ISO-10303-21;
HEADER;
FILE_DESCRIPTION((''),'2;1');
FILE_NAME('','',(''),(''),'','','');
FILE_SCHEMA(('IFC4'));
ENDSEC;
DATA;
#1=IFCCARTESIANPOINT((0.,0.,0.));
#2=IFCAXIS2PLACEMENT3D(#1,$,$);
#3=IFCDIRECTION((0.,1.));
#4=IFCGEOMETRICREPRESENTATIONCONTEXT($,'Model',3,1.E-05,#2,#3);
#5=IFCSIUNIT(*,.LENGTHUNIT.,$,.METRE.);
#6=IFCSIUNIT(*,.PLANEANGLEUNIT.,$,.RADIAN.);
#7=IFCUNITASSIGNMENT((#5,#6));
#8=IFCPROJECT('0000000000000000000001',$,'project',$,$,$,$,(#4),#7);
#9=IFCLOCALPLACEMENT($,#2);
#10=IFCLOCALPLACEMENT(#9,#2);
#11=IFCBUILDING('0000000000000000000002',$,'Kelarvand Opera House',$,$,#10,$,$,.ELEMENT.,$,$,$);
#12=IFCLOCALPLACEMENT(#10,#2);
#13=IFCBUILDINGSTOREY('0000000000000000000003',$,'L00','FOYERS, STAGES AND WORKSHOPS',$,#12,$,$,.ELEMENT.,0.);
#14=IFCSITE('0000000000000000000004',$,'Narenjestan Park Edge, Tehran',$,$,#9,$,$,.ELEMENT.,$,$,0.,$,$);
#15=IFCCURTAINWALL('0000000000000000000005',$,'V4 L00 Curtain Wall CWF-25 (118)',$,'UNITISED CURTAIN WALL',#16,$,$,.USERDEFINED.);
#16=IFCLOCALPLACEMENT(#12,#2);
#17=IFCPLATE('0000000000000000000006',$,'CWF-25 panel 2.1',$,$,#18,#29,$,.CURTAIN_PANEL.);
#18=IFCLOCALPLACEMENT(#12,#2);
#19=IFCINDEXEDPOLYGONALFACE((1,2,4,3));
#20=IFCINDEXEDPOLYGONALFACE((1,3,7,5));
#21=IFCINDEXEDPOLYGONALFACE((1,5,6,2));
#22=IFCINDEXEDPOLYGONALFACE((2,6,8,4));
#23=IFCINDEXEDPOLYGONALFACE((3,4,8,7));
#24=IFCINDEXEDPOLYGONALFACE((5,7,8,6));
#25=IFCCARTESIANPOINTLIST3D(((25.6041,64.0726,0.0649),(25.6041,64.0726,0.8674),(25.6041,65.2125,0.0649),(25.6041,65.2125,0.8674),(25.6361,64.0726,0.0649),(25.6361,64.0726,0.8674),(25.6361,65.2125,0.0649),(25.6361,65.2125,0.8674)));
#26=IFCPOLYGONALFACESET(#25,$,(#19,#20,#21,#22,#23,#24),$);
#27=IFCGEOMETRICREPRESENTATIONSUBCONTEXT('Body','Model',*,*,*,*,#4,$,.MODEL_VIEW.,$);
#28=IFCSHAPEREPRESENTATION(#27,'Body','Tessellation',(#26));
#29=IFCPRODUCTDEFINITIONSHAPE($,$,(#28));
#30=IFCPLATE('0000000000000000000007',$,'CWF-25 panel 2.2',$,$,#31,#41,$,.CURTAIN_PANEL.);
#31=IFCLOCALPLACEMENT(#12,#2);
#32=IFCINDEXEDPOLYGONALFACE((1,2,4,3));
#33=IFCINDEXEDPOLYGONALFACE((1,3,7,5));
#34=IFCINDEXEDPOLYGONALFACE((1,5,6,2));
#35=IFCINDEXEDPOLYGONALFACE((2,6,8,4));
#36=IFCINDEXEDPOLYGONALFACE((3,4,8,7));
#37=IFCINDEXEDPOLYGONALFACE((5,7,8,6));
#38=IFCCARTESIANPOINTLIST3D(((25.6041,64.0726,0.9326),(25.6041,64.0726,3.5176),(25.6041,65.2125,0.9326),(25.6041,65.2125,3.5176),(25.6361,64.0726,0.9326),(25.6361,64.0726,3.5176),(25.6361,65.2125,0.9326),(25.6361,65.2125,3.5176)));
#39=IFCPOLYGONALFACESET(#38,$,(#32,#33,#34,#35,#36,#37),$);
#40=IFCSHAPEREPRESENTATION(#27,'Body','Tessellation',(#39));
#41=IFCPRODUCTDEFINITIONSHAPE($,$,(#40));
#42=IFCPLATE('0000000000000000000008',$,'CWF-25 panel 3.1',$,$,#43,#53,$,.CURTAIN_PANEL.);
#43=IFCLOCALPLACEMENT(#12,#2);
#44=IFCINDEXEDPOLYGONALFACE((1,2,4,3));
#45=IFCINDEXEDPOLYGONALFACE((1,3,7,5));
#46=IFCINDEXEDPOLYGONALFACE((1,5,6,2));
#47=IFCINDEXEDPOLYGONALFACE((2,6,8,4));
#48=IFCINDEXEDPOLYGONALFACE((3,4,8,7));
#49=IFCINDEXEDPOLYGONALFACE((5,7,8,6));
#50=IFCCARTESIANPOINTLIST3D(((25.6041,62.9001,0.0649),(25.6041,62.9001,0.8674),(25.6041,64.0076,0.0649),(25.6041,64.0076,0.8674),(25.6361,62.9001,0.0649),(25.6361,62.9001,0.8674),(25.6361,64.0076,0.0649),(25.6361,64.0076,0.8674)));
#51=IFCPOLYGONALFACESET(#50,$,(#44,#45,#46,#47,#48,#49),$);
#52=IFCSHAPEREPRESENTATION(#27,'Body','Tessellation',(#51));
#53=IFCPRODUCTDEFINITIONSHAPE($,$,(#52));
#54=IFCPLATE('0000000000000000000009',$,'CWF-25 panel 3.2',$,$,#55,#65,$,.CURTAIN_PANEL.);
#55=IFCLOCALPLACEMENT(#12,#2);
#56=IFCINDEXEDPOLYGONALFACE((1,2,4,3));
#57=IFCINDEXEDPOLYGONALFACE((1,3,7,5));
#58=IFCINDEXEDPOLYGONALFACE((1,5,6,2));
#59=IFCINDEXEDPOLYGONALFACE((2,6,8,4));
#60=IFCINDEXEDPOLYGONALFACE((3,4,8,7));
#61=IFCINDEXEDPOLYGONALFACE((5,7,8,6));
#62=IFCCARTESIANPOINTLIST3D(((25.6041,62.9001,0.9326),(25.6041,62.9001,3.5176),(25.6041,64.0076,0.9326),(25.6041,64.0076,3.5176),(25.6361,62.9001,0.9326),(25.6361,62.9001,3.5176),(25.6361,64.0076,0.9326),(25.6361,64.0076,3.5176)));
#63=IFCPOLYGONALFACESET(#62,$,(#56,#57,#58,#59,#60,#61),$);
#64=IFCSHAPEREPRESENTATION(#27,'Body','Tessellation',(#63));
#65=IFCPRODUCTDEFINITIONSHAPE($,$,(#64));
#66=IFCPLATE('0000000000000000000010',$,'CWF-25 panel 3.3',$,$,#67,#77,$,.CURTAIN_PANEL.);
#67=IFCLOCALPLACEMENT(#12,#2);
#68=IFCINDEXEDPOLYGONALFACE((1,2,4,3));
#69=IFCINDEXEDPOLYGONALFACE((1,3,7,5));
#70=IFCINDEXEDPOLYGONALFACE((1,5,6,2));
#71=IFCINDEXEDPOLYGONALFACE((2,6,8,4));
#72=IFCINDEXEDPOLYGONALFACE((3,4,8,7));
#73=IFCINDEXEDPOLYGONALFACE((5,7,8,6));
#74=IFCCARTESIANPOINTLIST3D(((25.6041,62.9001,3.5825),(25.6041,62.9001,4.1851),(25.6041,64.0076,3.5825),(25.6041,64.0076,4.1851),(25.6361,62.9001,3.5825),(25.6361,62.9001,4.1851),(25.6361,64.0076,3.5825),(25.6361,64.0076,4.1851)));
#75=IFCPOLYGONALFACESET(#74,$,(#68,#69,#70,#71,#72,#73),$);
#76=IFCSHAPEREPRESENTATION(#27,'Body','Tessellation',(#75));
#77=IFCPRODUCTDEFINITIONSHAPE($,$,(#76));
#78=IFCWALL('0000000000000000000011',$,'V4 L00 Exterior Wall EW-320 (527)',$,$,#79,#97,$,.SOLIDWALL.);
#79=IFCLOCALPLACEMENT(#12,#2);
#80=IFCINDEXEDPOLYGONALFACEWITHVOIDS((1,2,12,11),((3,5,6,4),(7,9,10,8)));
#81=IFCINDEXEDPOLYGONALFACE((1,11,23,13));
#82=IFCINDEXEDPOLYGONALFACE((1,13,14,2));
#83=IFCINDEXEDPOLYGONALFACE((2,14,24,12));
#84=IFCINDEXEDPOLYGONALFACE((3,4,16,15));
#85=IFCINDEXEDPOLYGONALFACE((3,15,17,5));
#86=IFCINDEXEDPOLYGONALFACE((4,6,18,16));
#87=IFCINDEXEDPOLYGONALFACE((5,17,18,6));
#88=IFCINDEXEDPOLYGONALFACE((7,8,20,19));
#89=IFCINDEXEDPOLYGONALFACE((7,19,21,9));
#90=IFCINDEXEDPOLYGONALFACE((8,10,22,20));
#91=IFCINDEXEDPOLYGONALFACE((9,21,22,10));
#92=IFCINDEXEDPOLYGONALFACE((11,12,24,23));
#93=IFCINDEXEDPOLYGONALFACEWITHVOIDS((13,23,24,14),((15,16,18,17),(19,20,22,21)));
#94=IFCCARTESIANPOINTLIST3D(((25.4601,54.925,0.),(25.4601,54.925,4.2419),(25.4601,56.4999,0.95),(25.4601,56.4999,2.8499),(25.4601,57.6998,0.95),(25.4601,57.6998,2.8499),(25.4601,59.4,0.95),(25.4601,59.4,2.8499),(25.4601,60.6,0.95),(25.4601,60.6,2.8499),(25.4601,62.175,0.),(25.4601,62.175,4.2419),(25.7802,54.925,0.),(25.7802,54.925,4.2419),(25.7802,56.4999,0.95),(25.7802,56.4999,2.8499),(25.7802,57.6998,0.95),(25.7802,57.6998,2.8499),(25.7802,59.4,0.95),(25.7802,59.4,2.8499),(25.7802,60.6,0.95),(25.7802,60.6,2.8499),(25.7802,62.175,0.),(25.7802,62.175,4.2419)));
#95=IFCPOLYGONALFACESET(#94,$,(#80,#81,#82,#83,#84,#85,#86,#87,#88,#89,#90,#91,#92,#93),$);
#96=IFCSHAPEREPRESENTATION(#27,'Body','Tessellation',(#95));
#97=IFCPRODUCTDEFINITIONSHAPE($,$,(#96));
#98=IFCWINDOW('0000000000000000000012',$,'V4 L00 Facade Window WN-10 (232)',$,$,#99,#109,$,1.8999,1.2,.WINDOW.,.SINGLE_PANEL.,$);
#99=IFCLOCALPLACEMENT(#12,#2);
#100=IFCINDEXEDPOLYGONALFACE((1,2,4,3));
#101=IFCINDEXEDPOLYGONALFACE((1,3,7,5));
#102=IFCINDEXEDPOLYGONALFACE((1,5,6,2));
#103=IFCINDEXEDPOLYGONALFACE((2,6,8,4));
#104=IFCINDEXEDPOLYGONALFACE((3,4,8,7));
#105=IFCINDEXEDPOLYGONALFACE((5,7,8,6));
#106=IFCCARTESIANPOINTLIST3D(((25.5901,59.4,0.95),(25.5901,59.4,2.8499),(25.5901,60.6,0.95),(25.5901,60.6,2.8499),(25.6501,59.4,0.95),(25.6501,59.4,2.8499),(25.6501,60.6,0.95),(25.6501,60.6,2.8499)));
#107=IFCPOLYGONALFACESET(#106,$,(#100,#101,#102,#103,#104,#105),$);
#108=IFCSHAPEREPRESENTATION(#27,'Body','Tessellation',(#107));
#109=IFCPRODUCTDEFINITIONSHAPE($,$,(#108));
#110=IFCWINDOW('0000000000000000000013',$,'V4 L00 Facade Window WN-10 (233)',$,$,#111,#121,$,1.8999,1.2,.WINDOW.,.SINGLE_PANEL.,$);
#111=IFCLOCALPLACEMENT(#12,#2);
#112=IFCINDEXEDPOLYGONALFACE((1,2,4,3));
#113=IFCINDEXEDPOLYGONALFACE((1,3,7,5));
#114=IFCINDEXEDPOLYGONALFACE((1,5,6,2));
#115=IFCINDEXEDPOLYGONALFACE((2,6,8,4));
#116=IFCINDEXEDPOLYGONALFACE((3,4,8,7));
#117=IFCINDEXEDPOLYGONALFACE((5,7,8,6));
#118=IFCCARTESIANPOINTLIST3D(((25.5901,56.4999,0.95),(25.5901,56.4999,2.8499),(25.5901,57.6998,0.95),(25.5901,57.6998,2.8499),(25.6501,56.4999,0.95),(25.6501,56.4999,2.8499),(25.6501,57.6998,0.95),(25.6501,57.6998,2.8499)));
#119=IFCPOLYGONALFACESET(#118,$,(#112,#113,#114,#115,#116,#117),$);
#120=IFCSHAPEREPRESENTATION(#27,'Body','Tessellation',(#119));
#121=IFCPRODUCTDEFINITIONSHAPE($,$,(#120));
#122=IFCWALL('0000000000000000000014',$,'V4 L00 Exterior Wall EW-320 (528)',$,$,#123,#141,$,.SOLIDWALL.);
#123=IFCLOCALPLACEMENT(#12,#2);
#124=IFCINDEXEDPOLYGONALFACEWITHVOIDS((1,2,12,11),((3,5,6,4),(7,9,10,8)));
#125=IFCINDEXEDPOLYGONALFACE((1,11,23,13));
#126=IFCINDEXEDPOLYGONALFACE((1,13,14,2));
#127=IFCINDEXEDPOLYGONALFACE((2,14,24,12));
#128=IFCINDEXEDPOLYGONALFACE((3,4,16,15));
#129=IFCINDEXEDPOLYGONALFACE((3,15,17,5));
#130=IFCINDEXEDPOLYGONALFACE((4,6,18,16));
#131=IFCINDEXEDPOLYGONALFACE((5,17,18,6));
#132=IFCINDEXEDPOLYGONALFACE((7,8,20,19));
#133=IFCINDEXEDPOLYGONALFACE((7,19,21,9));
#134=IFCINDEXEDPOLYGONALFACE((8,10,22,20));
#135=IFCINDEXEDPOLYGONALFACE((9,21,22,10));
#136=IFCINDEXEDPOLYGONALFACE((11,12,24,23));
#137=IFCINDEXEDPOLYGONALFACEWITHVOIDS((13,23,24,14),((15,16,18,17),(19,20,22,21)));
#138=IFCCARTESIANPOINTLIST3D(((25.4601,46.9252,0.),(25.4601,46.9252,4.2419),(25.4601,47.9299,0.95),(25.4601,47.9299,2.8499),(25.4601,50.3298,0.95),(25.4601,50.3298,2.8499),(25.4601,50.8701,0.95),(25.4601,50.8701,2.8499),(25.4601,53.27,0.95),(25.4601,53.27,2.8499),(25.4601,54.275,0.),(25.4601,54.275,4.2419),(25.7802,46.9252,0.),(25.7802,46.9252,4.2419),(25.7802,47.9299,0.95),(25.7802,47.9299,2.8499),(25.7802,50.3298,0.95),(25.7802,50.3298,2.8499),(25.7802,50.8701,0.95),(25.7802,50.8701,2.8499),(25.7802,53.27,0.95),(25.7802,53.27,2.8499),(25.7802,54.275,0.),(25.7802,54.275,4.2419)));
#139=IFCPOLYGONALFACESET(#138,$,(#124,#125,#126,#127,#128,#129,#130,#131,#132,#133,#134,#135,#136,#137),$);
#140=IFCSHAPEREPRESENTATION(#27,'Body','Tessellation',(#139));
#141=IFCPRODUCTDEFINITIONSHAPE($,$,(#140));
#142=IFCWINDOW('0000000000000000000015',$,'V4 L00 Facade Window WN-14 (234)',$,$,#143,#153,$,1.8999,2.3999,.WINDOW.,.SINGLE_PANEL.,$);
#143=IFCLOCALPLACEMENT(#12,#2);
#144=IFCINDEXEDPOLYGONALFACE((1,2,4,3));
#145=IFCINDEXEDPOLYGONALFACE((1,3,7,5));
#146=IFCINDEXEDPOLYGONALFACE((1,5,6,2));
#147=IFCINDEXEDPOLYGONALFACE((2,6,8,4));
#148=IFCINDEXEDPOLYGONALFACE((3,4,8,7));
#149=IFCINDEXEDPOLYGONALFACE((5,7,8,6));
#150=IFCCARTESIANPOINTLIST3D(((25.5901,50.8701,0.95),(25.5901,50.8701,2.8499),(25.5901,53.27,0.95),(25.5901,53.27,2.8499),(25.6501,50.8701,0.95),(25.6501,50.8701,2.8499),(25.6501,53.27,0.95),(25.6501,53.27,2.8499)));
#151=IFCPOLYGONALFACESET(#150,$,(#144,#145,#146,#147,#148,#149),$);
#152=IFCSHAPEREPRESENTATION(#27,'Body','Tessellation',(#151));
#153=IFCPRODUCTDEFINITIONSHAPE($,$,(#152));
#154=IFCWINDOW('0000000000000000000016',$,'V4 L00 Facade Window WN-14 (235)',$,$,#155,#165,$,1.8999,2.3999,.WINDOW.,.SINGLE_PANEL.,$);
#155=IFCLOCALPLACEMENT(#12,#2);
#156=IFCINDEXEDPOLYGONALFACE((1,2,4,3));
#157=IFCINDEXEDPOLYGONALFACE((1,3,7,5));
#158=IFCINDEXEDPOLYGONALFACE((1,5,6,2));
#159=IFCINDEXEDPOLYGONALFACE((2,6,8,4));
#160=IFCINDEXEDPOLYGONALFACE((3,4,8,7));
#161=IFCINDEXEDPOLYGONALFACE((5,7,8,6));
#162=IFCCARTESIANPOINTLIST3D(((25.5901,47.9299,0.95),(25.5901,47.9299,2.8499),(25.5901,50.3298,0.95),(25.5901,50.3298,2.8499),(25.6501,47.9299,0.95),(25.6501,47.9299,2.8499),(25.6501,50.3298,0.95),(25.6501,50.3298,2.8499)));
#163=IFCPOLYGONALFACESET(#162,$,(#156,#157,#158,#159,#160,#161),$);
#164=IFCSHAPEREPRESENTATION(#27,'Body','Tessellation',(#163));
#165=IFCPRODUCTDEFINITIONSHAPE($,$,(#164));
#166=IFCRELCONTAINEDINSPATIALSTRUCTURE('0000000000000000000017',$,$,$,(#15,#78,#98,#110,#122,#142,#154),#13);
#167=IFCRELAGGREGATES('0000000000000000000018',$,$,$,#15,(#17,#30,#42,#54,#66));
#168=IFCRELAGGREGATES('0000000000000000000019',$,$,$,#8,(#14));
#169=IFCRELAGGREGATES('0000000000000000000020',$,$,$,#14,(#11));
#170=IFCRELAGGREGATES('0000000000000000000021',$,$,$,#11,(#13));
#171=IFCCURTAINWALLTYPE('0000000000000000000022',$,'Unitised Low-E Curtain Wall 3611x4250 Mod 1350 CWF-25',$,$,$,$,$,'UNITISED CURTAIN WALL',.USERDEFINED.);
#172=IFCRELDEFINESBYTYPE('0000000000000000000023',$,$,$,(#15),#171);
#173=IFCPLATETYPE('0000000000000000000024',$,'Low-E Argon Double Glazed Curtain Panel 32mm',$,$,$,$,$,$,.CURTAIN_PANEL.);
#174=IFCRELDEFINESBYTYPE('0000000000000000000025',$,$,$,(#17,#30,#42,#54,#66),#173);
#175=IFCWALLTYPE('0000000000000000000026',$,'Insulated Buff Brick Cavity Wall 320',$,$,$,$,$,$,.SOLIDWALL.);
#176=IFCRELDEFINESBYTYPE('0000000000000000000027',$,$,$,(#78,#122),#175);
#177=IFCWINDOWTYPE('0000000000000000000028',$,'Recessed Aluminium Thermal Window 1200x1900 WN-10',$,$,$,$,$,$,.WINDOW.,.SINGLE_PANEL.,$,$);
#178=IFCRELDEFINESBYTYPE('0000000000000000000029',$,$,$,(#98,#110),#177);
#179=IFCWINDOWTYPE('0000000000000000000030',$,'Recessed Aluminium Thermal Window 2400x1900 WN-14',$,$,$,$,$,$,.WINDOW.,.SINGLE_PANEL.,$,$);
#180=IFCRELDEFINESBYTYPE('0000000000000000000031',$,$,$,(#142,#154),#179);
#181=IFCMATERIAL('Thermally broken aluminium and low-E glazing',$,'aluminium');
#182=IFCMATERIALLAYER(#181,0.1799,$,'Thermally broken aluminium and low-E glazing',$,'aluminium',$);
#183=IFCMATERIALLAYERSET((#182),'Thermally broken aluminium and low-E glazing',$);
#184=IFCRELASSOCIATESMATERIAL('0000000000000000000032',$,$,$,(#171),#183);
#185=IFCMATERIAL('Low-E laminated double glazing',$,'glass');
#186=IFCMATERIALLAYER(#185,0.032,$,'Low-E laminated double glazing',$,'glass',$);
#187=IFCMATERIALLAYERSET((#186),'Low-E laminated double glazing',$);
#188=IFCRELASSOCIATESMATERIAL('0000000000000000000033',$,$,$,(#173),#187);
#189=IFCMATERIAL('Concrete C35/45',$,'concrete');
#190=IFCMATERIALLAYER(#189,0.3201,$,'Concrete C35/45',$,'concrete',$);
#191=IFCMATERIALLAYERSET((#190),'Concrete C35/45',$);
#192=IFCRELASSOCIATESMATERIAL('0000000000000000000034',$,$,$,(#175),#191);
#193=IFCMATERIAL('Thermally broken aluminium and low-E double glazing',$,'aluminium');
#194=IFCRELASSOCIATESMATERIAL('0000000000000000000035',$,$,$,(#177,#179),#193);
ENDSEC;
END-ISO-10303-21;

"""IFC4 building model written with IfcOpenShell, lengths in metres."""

from ifc_helpers import new_model, si_unit, direction, frame, frame_2d, origin, origin_2d, place, context, subcontext, project, spatial, rectangle, extrude, material, layer, layer_set, type_object, element, fill, aggregate, save


model = new_model("IFC4")

# Units and contexts
model_context = context("Model", 3, precision=1e-05, world=origin(), true_north=direction((0.0, 1.0)))
body_context = subcontext(model_context, "Body", "Model", "MODEL_VIEW")
ifc_project = project(units=[si_unit("LENGTHUNIT", "METRE"), si_unit("PLANEANGLEUNIT", "RADIAN")], contexts=[model_context])

# Site, building, storey
site_placement = place(None, origin())
site = spatial("IfcSite", under=ifc_project, at=site_placement, Name="Narenjestan Park Edge, Tehran", CompositionType="ELEMENT", RefElevation=0.0)
building_placement = place(site_placement, origin())
building = spatial("IfcBuilding", under=site, at=building_placement, Name="Kelarvand Opera House", CompositionType="ELEMENT")
storey_placement = place(building_placement, origin())
storey = spatial("IfcBuildingStorey", under=building, at=storey_placement, Name="L00", Description="FOYERS, STAGES AND WORKSHOPS", CompositionType="ELEMENT", Elevation=0.0)

# Curtain wall
ifc_material_1 = material(Name="Thermally broken aluminium and low-E glazing", Category="aluminium")
ifc_layer_1 = layer(ifc_material_1, 0.1799, Name="Thermally broken aluminium and low-E glazing", Category="aluminium")
ifc_layer_set_1 = layer_set([ifc_layer_1], Name="Thermally broken aluminium and low-E glazing")
curtain_wall_type = type_object("IfcCurtainWallType", Name="Unitised Low-E Curtain Wall 3611x4250 Mod 1350 CWF-25", ElementType="UNITISED CURTAIN WALL", PredefinedType="USERDEFINED", material=ifc_layer_set_1)
curtain_wall_placement = place(storey_placement, origin())
curtain_wall = element("IfcCurtainWall", 1, at=curtain_wall_placement, inside=storey, type_object=curtain_wall_type, Name="V4 L00 Curtain Wall CWF-25 (118)", ObjectType="UNITISED CURTAIN WALL", PredefinedType="USERDEFINED")

# Plates
ifc_material_2 = material(Name="Low-E laminated double glazing", Category="glass")
ifc_layer_2 = layer(ifc_material_2, 0.032, Name="Low-E laminated double glazing", Category="glass")
ifc_layer_set_2 = layer_set([ifc_layer_2], Name="Low-E laminated double glazing")
plate_type = type_object("IfcPlateType", Name="Low-E Argon Double Glazed Curtain Panel 32mm", PredefinedType="CURTAIN_PANEL", material=ifc_layer_set_2)
plate_1_placement = place(storey_placement, frame((25.6201, 64.6426, 0.0649), z_axis=(0.0, 0.0, 1.0), x_axis=(0.0, -1.0, 0.0)))
plate_1 = element("IfcPlate", 2, at=plate_1_placement, type_object=plate_type, Name="CWF-25 panel 2.1", PredefinedType="CURTAIN_PANEL", context=body_context, shape_type="SweptSolid", body=[
    extrude(rectangle(XDim=1.1399, YDim=0.032, at=origin_2d()), origin(), (0.0, 0.0, 1.0), 0.8025),
])
plate_2_placement = place(storey_placement, frame((25.6201, 64.6426, 0.9326), z_axis=(0.0, 0.0, 1.0), x_axis=(0.0, -1.0, 0.0)))
plate_2 = element("IfcPlate", 3, at=plate_2_placement, type_object=plate_type, Name="CWF-25 panel 2.2", PredefinedType="CURTAIN_PANEL", context=body_context, shape_type="SweptSolid", body=[
    extrude(rectangle(XDim=1.1399, YDim=0.032, at=origin_2d()), origin(), (0.0, 0.0, 1.0), 2.585),
])
plate_3_placement = place(storey_placement, frame((25.6201, 63.4539, 0.0649), z_axis=(0.0, 0.0, 1.0), x_axis=(0.0, -1.0, 0.0)))
plate_3 = element("IfcPlate", 4, at=plate_3_placement, type_object=plate_type, Name="CWF-25 panel 3.1", PredefinedType="CURTAIN_PANEL", context=body_context, shape_type="SweptSolid", body=[
    extrude(rectangle(XDim=1.1074, YDim=0.032, at=origin_2d()), origin(), (0.0, 0.0, 1.0), 0.8025),
])
plate_4_placement = place(storey_placement, frame((25.6201, 63.4539, 0.9326), z_axis=(0.0, 0.0, 1.0), x_axis=(0.0, -1.0, 0.0)))
plate_4 = element("IfcPlate", 5, at=plate_4_placement, type_object=plate_type, Name="CWF-25 panel 3.2", PredefinedType="CURTAIN_PANEL", context=body_context, shape_type="SweptSolid", body=[
    extrude(rectangle(XDim=1.1074, YDim=0.032, at=origin_2d()), origin(), (0.0, 0.0, 1.0), 2.585),
])
plate_5_placement = place(storey_placement, frame((25.6201, 63.4539, 3.5825), z_axis=(0.0, 0.0, 1.0), x_axis=(0.0, -1.0, 0.0)))
plate_5 = element("IfcPlate", 6, at=plate_5_placement, type_object=plate_type, Name="CWF-25 panel 3.3", PredefinedType="CURTAIN_PANEL", context=body_context, shape_type="SweptSolid", body=[
    extrude(rectangle(XDim=1.1074, YDim=0.032, at=origin_2d()), origin(), (0.0, 0.0, 1.0), 0.6025),
])
aggregate(curtain_wall, [plate_1, plate_2, plate_3, plate_4, plate_5])

# Walls, openings, windows
ifc_material_3 = material(Name="Concrete C35/45", Category="concrete")
ifc_layer_3 = layer(ifc_material_3, 0.3201, Name="Concrete C35/45", Category="concrete")
ifc_layer_set_3 = layer_set([ifc_layer_3], Name="Concrete C35/45")
wall_type = type_object("IfcWallType", Name="Insulated Buff Brick Cavity Wall 320", PredefinedType="SOLIDWALL", material=ifc_layer_set_3)
wall_1_placement = place(storey_placement, frame((25.6201, 62.175, 0.0), z_axis=(0.0, 0.0, 1.0), x_axis=(0.0, -1.0, 0.0)))
wall_1 = element("IfcWall", 7, at=wall_1_placement, inside=storey, type_object=wall_type, Name="V4 L00 Exterior Wall EW-320 (527)", PredefinedType="SOLIDWALL", context=body_context, shape_type="SweptSolid", body=[
    extrude(rectangle(XDim=7.25, YDim=0.3201, at=frame_2d((3.625, 0.0))), origin(), (0.0, 0.0, 1.0), 4.2419),
])
opening_1_placement = place(wall_1_placement, frame((1.575, 0.0, 0.95)))
opening_1 = element("IfcOpeningElement", 8, at=opening_1_placement, cuts=wall_1, PredefinedType="OPENING", context=body_context, shape_type="SweptSolid", body=[
    extrude(rectangle(XDim=1.2, YDim=1.8999, at=frame_2d((0.6001, 0.95))), frame((0.0, 0.1699, 0.0), z_axis=(0.0, -1.0, 0.0), x_axis=(1.0, 0.0, 0.0)), (0.0, 0.0, 1.0), 0.3401),
])
opening_2_placement = place(wall_1_placement, frame((4.4751, 0.0, 0.95)))
opening_2 = element("IfcOpeningElement", 9, at=opening_2_placement, cuts=wall_1, PredefinedType="OPENING", context=body_context, shape_type="SweptSolid", body=[
    extrude(rectangle(XDim=1.2, YDim=1.8999, at=frame_2d((0.6001, 0.95))), frame((0.0, 0.1699, 0.0), z_axis=(0.0, -1.0, 0.0), x_axis=(1.0, 0.0, 0.0)), (0.0, 0.0, 1.0), 0.3401),
])
ifc_material_4 = material(Name="Thermally broken aluminium and low-E double glazing", Category="aluminium")
window_type_1 = type_object("IfcWindowType", Name="Recessed Aluminium Thermal Window 1200x1900 WN-10", PartitioningType="SINGLE_PANEL", PredefinedType="WINDOW", material=ifc_material_4)
window_1_placement = place(opening_1_placement, origin())
window_1 = element("IfcWindow", 10, at=window_1_placement, inside=storey, type_object=window_type_1, Name="V4 L00 Facade Window WN-10 (232)", OverallHeight=1.8999, OverallWidth=1.2, PartitioningType="SINGLE_PANEL", PredefinedType="WINDOW", context=body_context, shape_type="SweptSolid", body=[
    extrude(rectangle(XDim=1.2, YDim=1.8999, at=frame_2d((0.6001, 0.95))), frame((0.0, 0.03, 0.0), z_axis=(0.0, -1.0, 0.0), x_axis=(1.0, 0.0, 0.0)), (0.0, 0.0, 1.0), 0.0601),
])
fill(opening_1, window_1)
window_2_placement = place(opening_2_placement, origin())
window_2 = element("IfcWindow", 11, at=window_2_placement, inside=storey, type_object=window_type_1, Name="V4 L00 Facade Window WN-10 (233)", OverallHeight=1.8999, OverallWidth=1.2, PartitioningType="SINGLE_PANEL", PredefinedType="WINDOW", context=body_context, shape_type="SweptSolid", body=[
    extrude(rectangle(XDim=1.2, YDim=1.8999, at=frame_2d((0.6001, 0.95))), frame((0.0, 0.03, 0.0), z_axis=(0.0, -1.0, 0.0), x_axis=(1.0, 0.0, 0.0)), (0.0, 0.0, 1.0), 0.0601),
])
fill(opening_2, window_2)
wall_2_placement = place(storey_placement, frame((25.6201, 54.2749, 0.0), z_axis=(0.0, 0.0, 1.0), x_axis=(0.0, -1.0, 0.0)))
wall_2 = element("IfcWall", 12, at=wall_2_placement, inside=storey, type_object=wall_type, Name="V4 L00 Exterior Wall EW-320 (528)", PredefinedType="SOLIDWALL", context=body_context, shape_type="SweptSolid", body=[
    extrude(rectangle(XDim=7.3499, YDim=0.3201, at=frame_2d((3.6748, 0.0))), origin(), (0.0, 0.0, 1.0), 4.2419),
])
opening_3_placement = place(wall_2_placement, frame((1.0049, 0.0, 0.95)))
opening_3 = element("IfcOpeningElement", 13, at=opening_3_placement, cuts=wall_2, PredefinedType="OPENING", context=body_context, shape_type="SweptSolid", body=[
    extrude(rectangle(XDim=2.3999, YDim=1.8999, at=frame_2d((1.2, 0.95))), frame((0.0, 0.1699, 0.0), z_axis=(0.0, -1.0, 0.0), x_axis=(1.0, 0.0, 0.0)), (0.0, 0.0, 1.0), 0.3401),
])
opening_4_placement = place(wall_2_placement, frame((3.9451, 0.0, 0.95)))
opening_4 = element("IfcOpeningElement", 14, at=opening_4_placement, cuts=wall_2, PredefinedType="OPENING", context=body_context, shape_type="SweptSolid", body=[
    extrude(rectangle(XDim=2.3999, YDim=1.8999, at=frame_2d((1.2, 0.95))), frame((0.0, 0.1699, 0.0), z_axis=(0.0, -1.0, 0.0), x_axis=(1.0, 0.0, 0.0)), (0.0, 0.0, 1.0), 0.3401),
])
window_type_2 = type_object("IfcWindowType", Name="Recessed Aluminium Thermal Window 2400x1900 WN-14", PartitioningType="SINGLE_PANEL", PredefinedType="WINDOW", material=ifc_material_4)
window_3_placement = place(opening_3_placement, origin())
window_3 = element("IfcWindow", 15, at=window_3_placement, inside=storey, type_object=window_type_2, Name="V4 L00 Facade Window WN-14 (234)", OverallHeight=1.8999, OverallWidth=2.3999, PartitioningType="SINGLE_PANEL", PredefinedType="WINDOW", context=body_context, shape_type="SweptSolid", body=[
    extrude(rectangle(XDim=2.3999, YDim=1.8999, at=frame_2d((1.2, 0.95))), frame((0.0, 0.03, 0.0), z_axis=(0.0, -1.0, 0.0), x_axis=(1.0, 0.0, 0.0)), (0.0, 0.0, 1.0), 0.0601),
])
fill(opening_3, window_3)
window_4_placement = place(opening_4_placement, origin())
window_4 = element("IfcWindow", 16, at=window_4_placement, inside=storey, type_object=window_type_2, Name="V4 L00 Facade Window WN-14 (235)", OverallHeight=1.8999, OverallWidth=2.3999, PartitioningType="SINGLE_PANEL", PredefinedType="WINDOW", context=body_context, shape_type="SweptSolid", body=[
    extrude(rectangle(XDim=2.3999, YDim=1.8999, at=frame_2d((1.2, 0.95))), frame((0.0, 0.03, 0.0), z_axis=(0.0, -1.0, 0.0), x_axis=(1.0, 0.0, 0.0)), (0.0, 0.0, 1.0), 0.0601),
])
fill(opening_4, window_4)

save(model, "model.ifc")
